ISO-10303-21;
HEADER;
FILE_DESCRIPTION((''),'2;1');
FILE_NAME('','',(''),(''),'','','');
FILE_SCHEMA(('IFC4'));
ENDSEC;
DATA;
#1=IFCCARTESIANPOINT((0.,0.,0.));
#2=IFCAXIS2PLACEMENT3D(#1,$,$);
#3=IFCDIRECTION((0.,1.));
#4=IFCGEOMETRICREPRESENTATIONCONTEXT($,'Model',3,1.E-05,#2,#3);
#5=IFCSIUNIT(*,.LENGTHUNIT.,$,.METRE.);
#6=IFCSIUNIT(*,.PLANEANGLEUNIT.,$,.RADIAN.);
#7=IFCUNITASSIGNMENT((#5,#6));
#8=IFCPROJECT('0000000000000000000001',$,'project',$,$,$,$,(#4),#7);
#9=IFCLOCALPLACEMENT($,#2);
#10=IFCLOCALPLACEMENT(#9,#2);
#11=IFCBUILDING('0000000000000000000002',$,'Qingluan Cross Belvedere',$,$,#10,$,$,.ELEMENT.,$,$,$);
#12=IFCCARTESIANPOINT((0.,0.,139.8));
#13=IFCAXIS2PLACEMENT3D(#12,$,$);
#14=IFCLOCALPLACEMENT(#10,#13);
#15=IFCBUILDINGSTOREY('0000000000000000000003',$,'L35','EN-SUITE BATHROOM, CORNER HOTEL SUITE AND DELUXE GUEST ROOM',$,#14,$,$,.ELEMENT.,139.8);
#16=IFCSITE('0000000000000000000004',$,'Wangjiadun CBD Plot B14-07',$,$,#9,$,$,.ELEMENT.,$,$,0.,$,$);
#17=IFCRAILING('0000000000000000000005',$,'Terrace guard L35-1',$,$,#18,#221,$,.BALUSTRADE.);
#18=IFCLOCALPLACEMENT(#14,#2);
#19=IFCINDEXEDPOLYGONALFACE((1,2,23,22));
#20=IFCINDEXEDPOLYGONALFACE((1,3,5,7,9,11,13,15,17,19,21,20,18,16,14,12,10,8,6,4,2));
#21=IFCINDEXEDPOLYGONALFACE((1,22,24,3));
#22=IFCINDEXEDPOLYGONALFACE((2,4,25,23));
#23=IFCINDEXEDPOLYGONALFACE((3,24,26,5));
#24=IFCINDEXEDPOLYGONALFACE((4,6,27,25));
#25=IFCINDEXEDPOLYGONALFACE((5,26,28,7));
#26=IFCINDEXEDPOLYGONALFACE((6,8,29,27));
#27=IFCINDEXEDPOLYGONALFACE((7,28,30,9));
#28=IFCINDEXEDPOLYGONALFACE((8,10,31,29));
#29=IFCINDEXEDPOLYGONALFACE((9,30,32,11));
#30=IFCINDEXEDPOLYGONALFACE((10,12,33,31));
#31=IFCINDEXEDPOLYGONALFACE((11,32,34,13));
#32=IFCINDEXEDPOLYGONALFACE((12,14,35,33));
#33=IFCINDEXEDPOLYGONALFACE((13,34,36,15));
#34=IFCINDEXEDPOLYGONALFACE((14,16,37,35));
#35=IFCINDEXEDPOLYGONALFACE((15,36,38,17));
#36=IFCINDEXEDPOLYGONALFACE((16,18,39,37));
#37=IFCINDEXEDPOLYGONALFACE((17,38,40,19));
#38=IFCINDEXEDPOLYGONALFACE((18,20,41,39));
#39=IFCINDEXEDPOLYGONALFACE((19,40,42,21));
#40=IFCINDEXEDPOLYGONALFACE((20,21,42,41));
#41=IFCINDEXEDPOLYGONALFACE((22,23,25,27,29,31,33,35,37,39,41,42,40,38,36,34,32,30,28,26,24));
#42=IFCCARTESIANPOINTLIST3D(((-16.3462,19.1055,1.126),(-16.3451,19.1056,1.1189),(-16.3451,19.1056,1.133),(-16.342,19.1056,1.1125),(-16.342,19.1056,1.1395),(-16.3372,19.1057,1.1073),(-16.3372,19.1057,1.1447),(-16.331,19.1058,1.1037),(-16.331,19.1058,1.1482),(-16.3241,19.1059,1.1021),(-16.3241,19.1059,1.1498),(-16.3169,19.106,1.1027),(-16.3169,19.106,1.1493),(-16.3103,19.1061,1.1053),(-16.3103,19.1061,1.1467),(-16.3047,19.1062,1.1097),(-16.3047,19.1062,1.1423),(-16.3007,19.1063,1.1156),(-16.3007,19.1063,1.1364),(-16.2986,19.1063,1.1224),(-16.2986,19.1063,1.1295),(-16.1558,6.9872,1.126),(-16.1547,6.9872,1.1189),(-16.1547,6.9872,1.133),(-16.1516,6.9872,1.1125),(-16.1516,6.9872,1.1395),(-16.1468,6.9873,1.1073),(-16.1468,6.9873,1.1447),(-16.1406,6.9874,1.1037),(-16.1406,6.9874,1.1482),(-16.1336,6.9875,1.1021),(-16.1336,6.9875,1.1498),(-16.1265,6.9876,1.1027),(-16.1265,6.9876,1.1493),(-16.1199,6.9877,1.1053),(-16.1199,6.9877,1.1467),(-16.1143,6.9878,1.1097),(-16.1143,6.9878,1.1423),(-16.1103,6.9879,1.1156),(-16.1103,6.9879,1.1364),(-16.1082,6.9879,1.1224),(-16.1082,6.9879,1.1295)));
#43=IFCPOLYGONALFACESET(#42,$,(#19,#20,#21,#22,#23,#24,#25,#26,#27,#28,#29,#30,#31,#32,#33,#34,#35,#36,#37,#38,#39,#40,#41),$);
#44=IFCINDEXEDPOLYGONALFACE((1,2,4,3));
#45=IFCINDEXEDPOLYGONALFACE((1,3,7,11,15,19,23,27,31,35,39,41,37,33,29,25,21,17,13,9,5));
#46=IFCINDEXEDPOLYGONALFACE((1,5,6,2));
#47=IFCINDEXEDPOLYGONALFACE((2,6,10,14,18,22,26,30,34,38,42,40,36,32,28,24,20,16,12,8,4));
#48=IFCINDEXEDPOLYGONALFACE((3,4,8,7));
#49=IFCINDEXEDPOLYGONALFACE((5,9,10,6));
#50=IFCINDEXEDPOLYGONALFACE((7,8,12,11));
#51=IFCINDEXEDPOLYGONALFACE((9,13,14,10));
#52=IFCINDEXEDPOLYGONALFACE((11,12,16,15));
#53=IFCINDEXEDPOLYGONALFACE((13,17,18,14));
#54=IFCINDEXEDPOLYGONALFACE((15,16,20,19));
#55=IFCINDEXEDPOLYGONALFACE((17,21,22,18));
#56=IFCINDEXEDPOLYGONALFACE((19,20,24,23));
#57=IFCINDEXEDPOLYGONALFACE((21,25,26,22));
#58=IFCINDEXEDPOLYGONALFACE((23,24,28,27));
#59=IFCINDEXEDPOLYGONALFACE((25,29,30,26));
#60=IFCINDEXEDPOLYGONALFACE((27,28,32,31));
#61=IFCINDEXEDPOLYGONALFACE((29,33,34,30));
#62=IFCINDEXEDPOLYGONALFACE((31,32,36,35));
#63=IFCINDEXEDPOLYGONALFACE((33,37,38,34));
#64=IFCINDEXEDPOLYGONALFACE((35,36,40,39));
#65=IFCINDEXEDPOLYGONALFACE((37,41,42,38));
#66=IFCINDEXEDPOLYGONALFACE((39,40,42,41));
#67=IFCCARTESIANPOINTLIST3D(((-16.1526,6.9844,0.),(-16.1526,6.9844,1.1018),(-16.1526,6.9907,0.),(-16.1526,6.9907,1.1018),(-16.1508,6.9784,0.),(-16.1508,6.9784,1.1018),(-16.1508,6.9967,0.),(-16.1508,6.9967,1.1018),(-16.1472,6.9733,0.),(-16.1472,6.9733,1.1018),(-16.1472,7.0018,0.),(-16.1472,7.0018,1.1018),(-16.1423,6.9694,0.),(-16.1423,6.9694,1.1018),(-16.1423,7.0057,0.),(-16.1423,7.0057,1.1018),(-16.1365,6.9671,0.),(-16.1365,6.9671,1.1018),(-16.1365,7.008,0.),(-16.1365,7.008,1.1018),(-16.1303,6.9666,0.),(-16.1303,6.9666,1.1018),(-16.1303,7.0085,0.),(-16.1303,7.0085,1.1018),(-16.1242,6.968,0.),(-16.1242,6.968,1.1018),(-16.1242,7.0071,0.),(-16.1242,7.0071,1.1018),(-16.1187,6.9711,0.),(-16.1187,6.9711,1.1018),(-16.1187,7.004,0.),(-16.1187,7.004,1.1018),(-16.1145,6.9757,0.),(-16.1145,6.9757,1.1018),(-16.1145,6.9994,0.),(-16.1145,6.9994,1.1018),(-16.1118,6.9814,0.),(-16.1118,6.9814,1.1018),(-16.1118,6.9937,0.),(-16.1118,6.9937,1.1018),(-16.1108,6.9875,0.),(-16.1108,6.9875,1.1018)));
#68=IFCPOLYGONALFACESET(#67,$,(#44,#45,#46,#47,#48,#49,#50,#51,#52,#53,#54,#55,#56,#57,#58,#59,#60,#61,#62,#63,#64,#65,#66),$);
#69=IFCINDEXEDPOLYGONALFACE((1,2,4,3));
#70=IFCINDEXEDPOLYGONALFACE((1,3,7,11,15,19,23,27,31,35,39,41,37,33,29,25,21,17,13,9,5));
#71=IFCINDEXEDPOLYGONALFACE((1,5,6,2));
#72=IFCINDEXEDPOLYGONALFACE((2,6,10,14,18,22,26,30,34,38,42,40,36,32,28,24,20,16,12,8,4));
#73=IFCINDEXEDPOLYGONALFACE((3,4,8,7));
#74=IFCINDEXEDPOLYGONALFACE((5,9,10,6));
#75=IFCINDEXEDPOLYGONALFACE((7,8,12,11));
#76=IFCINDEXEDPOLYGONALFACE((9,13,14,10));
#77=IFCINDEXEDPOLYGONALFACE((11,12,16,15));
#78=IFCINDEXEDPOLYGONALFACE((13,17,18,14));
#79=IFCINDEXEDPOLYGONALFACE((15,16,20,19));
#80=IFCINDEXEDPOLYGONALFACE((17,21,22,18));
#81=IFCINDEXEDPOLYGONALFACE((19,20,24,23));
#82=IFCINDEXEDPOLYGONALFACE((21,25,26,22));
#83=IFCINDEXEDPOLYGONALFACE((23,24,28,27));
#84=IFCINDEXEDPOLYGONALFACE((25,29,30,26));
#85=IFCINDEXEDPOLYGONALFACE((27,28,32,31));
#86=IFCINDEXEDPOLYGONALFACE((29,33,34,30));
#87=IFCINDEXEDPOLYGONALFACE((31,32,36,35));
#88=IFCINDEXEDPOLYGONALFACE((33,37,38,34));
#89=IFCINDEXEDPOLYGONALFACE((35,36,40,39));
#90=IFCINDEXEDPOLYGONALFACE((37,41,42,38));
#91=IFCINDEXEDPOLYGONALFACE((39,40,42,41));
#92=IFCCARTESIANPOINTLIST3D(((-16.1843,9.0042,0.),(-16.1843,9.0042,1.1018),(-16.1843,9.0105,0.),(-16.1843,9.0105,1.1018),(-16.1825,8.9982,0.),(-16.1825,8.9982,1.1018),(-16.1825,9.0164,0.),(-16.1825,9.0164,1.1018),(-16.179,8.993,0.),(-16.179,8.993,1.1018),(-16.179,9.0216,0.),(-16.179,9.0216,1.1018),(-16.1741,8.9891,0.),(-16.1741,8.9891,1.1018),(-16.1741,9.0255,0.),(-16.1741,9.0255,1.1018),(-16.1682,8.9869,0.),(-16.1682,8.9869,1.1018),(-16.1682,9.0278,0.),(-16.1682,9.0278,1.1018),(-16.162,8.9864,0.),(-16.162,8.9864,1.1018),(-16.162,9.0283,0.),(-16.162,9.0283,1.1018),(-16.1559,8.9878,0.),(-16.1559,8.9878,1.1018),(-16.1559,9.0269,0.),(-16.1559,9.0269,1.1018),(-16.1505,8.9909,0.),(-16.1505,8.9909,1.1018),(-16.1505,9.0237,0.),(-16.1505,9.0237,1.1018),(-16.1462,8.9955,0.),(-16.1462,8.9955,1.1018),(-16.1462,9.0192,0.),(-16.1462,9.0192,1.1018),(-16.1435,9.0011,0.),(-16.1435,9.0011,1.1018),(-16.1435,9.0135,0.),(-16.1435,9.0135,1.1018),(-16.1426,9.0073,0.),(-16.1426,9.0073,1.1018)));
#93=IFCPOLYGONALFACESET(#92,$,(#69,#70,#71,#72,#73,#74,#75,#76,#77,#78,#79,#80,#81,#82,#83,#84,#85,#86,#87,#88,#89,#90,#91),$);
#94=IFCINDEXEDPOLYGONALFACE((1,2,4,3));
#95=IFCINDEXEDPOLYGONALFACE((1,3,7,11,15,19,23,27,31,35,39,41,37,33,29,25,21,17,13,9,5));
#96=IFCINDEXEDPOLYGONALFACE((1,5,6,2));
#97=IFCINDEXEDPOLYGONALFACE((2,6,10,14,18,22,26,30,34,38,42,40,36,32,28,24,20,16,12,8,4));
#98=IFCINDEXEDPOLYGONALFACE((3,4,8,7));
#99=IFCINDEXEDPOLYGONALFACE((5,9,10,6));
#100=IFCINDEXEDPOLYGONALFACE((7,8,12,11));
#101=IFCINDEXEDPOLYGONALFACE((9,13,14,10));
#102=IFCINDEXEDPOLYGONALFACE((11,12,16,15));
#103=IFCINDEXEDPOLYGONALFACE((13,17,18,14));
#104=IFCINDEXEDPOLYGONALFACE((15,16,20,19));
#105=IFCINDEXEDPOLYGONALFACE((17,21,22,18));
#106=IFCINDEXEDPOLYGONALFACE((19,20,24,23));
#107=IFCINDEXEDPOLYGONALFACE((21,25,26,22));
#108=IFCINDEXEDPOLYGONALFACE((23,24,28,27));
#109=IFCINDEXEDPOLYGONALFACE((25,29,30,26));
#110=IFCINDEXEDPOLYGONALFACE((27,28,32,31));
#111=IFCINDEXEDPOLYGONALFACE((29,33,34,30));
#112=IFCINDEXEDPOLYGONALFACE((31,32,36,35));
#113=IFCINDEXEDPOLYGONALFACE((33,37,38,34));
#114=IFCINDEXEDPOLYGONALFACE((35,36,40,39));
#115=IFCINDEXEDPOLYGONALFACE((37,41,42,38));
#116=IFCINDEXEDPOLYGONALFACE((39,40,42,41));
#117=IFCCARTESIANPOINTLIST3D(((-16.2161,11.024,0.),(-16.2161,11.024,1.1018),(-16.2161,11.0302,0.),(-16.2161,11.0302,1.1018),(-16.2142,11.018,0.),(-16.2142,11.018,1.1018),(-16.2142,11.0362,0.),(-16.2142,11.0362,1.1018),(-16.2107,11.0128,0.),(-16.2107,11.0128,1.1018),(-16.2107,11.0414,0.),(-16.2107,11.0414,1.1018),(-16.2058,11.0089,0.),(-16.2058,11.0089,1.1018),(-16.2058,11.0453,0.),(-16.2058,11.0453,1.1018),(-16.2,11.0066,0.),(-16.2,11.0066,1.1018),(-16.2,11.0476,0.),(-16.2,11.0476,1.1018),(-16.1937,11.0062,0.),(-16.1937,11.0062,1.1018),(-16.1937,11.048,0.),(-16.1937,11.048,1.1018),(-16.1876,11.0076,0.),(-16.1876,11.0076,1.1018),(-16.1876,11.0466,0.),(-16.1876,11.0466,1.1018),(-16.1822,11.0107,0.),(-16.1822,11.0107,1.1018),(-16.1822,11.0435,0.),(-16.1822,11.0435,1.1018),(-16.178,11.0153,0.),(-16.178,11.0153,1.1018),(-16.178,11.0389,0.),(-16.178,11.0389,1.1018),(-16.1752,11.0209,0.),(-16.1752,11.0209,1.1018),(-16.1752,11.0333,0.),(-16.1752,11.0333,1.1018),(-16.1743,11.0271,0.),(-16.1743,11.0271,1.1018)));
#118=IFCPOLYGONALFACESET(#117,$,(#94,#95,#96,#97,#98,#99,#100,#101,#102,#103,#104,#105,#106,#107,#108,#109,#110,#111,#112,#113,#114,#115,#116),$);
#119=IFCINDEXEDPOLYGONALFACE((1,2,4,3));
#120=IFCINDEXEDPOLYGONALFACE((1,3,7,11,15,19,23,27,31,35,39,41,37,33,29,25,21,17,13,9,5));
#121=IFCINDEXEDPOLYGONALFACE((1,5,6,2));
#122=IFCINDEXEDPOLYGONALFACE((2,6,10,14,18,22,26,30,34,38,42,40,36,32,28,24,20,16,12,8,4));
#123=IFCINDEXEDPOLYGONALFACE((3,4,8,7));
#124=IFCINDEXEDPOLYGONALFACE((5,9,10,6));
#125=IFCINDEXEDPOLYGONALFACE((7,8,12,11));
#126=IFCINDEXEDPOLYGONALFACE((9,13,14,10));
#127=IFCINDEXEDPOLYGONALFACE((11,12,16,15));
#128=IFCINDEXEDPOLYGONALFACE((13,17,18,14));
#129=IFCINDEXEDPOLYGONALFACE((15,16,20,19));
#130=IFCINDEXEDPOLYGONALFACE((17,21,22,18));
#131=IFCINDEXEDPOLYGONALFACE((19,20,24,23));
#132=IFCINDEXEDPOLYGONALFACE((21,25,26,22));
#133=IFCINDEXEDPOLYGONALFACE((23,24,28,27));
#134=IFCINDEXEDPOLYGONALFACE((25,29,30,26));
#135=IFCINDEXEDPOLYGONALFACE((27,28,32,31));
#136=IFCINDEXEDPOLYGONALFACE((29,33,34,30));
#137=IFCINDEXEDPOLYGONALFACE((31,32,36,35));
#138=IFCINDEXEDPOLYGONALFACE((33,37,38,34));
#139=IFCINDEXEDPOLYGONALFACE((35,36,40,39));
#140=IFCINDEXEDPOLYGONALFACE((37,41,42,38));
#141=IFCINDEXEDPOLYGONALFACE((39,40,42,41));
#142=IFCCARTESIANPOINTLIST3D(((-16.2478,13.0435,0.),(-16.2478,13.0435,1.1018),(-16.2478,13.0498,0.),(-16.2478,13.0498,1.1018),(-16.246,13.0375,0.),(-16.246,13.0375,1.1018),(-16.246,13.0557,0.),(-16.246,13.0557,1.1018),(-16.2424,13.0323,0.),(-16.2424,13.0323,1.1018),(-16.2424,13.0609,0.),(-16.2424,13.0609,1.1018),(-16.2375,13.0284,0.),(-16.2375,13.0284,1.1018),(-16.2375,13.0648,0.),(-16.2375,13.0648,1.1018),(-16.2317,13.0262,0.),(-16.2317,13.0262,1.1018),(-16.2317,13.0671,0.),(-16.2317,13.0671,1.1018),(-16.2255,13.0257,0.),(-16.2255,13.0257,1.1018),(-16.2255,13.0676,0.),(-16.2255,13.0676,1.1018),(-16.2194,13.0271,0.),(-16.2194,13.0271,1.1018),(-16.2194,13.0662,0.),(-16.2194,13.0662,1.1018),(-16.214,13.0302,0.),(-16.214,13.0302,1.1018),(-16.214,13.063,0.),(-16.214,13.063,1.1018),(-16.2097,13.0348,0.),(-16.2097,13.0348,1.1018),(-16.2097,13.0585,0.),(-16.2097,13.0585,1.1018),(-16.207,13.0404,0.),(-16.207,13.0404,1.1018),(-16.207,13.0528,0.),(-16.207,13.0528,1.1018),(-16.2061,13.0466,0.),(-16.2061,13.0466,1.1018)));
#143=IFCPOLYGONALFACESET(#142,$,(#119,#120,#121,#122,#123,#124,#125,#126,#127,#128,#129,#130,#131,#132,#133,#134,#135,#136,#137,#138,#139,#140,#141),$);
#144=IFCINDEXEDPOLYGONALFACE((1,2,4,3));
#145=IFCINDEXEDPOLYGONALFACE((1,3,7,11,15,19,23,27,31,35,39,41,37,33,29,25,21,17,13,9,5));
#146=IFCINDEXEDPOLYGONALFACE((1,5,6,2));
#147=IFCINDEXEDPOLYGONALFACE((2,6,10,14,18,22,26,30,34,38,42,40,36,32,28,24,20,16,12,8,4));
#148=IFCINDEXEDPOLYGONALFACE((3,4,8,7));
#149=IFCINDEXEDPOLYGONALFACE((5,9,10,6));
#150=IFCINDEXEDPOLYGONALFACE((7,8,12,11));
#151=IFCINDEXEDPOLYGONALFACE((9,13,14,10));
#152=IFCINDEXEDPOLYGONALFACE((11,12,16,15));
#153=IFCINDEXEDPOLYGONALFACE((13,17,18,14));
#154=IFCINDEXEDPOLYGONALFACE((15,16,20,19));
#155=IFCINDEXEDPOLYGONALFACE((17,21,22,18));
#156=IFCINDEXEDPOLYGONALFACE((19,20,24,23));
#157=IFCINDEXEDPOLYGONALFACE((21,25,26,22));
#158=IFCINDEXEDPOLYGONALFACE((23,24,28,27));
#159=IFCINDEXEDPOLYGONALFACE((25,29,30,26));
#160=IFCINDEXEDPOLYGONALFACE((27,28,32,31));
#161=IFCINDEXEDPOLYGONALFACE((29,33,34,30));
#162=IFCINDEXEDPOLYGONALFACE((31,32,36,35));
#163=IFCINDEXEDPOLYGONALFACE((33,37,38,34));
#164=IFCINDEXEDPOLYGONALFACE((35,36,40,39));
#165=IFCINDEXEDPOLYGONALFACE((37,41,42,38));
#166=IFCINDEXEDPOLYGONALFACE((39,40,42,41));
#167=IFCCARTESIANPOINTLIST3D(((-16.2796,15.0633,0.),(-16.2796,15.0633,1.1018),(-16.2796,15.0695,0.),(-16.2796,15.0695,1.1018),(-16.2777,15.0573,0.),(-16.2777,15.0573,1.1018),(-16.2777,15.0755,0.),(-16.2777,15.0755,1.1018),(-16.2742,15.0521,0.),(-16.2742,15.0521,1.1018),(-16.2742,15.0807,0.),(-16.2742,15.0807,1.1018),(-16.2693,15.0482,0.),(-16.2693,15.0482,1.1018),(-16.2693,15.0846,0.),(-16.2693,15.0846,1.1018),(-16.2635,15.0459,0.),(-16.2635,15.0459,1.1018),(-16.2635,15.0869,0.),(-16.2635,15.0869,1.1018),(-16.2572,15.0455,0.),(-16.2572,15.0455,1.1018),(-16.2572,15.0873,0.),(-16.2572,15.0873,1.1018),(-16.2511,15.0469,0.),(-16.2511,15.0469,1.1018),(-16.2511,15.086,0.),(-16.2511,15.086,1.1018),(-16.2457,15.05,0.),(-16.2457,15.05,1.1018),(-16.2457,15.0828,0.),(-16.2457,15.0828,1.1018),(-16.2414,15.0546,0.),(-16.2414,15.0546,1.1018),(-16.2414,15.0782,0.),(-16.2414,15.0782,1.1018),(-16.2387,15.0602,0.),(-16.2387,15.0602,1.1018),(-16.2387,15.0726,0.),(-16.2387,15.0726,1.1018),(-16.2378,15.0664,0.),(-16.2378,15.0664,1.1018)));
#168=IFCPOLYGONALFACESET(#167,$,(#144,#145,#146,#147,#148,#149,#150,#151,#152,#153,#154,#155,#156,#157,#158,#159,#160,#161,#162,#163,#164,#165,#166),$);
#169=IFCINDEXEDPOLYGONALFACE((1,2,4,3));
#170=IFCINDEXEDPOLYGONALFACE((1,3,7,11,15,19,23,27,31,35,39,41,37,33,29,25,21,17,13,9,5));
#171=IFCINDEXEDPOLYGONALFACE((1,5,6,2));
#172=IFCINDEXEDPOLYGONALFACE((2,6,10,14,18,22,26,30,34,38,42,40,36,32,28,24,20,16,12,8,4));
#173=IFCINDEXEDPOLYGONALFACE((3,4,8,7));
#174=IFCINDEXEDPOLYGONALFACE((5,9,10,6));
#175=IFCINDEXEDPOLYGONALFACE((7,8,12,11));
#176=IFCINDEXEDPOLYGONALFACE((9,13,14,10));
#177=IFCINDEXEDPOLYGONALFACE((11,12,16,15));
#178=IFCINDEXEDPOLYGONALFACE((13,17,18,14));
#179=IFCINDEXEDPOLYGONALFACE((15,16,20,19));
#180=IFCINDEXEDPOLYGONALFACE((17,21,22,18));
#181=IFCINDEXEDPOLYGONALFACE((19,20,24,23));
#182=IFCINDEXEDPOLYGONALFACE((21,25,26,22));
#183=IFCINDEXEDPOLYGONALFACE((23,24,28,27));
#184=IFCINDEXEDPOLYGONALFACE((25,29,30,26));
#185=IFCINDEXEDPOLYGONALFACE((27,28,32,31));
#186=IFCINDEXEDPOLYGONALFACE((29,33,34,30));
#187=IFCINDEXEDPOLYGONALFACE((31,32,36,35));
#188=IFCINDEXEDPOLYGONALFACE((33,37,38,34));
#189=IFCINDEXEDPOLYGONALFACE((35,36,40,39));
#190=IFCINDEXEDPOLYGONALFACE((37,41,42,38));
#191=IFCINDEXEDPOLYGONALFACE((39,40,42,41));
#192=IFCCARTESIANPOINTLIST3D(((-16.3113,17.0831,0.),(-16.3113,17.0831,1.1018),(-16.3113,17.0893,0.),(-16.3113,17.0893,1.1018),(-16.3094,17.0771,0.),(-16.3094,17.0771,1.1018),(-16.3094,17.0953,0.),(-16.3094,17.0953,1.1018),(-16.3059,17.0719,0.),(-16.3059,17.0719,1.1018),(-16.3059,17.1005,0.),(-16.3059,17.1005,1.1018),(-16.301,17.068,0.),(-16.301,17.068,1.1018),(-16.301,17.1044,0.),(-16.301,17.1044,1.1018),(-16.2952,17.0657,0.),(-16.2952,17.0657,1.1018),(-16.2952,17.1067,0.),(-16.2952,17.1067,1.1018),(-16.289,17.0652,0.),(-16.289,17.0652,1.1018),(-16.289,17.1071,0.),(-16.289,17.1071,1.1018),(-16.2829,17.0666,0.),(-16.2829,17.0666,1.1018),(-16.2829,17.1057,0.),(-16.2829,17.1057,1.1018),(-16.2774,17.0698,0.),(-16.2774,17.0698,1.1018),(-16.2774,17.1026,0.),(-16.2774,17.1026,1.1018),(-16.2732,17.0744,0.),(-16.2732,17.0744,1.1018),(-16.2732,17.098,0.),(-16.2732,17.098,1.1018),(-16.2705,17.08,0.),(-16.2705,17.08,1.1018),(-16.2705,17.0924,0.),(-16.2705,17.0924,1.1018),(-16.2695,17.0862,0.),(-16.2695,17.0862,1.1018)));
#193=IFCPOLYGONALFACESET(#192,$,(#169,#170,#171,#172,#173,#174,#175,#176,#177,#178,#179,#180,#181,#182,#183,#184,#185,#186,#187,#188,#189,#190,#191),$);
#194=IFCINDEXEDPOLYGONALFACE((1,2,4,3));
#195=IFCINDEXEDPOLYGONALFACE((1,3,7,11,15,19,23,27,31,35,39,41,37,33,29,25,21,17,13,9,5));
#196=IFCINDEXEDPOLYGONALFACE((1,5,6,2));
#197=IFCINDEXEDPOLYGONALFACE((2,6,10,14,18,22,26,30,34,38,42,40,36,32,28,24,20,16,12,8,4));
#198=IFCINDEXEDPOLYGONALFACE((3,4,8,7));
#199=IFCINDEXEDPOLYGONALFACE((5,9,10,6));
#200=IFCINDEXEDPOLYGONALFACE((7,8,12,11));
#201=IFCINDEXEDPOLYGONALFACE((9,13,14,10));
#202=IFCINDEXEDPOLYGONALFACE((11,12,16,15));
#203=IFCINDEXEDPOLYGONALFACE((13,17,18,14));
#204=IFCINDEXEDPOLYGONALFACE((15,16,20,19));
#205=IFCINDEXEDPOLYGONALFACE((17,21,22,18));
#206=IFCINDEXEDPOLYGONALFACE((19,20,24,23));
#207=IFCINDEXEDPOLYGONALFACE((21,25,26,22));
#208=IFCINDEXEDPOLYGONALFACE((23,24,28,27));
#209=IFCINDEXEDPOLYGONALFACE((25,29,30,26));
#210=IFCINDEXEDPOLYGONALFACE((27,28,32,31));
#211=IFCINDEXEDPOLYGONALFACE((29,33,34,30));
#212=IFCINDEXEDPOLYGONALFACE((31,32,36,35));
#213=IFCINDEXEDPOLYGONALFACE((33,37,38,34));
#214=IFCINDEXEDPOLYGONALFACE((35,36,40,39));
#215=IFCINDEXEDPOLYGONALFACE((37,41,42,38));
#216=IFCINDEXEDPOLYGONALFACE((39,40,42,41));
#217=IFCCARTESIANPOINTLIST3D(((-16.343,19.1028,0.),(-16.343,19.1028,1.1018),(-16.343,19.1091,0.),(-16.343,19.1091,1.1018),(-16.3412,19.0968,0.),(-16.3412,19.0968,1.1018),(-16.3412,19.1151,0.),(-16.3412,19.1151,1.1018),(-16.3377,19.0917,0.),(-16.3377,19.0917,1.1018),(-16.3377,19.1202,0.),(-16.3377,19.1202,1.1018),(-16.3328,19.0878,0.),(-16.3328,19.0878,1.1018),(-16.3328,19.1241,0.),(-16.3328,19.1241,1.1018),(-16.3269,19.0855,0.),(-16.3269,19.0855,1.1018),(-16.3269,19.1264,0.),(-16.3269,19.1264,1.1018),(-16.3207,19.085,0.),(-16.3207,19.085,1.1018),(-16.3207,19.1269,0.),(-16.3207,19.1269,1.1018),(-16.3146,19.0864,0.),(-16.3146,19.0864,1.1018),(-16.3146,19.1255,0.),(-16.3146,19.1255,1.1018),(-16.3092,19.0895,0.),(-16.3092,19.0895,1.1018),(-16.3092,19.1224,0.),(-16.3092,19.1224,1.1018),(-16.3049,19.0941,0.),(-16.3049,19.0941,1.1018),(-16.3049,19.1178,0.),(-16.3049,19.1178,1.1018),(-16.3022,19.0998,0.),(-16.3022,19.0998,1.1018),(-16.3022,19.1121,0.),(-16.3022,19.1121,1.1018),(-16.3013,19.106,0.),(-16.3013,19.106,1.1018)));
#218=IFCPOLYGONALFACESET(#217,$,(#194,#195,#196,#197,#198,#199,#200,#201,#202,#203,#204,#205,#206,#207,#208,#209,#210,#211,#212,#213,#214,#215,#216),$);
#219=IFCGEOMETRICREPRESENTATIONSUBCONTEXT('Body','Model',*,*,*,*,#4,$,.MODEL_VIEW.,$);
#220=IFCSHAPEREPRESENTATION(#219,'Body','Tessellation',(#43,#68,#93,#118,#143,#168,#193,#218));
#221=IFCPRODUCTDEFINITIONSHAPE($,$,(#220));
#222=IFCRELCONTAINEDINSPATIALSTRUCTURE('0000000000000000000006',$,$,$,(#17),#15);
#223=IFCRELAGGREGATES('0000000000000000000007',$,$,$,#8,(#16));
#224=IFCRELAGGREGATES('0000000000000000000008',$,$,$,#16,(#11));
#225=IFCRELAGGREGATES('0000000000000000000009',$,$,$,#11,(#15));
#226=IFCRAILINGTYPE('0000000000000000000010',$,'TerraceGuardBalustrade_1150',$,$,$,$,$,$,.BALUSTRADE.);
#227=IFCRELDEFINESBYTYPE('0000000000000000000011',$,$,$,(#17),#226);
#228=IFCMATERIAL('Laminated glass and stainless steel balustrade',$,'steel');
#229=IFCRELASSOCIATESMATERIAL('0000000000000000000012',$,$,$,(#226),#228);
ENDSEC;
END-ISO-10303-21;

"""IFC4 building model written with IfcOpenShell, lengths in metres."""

from ifc_helpers import new_model, si_unit, direction, frame, origin, origin_2d, place, context, subcontext, project, spatial, circle, extrude, material, type_object, element, save


model = new_model("IFC4")

# Units and contexts
model_context = context("Model", 3, precision=1e-05, world=origin(), true_north=direction((0.0, 1.0)))
body_context = subcontext(model_context, "Body", "Model", "MODEL_VIEW")
ifc_project = project(units=[si_unit("LENGTHUNIT", "METRE"), si_unit("PLANEANGLEUNIT", "RADIAN")], contexts=[model_context])

# Site, building, storey
site_placement = place(None, origin())
site = spatial("IfcSite", under=ifc_project, at=site_placement, Name="Wangjiadun CBD Plot B14-07", CompositionType="ELEMENT", RefElevation=0.0)
building_placement = place(site_placement, origin())
building = spatial("IfcBuilding", under=site, at=building_placement, Name="Qingluan Cross Belvedere", CompositionType="ELEMENT")
storey_placement = place(building_placement, frame((0.0, 0.0, 139.8)))
storey = spatial("IfcBuildingStorey", under=building, at=storey_placement, Name="L35", Description="EN-SUITE BATHROOM, CORNER HOTEL SUITE AND DELUXE GUEST ROOM", CompositionType="ELEMENT", Elevation=139.8)

# Railing
ifc_material_1 = material(Name="Laminated glass and stainless steel balustrade", Category="steel")
railing_type = type_object("IfcRailingType", Name="TerraceGuardBalustrade_1150", PredefinedType="BALUSTRADE", material=ifc_material_1)
railing_placement = place(storey_placement, frame((-16.1318, 6.9875, 0.0)))
element("IfcRailing", 1, at=railing_placement, inside=storey, type_object=railing_type, Name="Terrace guard L35-1", PredefinedType="BALUSTRADE", context=body_context, shape_type="SweptSolid", body=[
    extrude(circle(Radius=0.0239, at=origin_2d()), frame((0.0, 0.0, 1.126), z_axis=(-0.015712, 0.999877, 0.0), x_axis=(-0.999877, -0.015712, 0.0)), (0.0, 0.0, 1.0), 12.1199),
    extrude(circle(Radius=0.021, at=origin_2d()), origin(), (0.0, 0.0, 1.0), 1.1018),
    extrude(circle(Radius=0.021, at=origin_2d()), frame((-0.0317, 2.0198, 0.0)), (0.0, 0.0, 1.0), 1.1018),
    extrude(circle(Radius=0.021, at=origin_2d()), frame((-0.0635, 4.0396, 0.0)), (0.0, 0.0, 1.0), 1.1018),
    extrude(circle(Radius=0.021, at=origin_2d()), frame((-0.0952, 6.0591, 0.0)), (0.0, 0.0, 1.0), 1.1018),
    extrude(circle(Radius=0.021, at=origin_2d()), frame((-0.127, 8.0789, 0.0)), (0.0, 0.0, 1.0), 1.1018),
    extrude(circle(Radius=0.021, at=origin_2d()), frame((-0.1587, 10.0986, 0.0)), (0.0, 0.0, 1.0), 1.1018),
    extrude(circle(Radius=0.021, at=origin_2d()), frame((-0.1904, 12.1184, 0.0)), (0.0, 0.0, 1.0), 1.1018),
])

save(model, "model.ifc")
